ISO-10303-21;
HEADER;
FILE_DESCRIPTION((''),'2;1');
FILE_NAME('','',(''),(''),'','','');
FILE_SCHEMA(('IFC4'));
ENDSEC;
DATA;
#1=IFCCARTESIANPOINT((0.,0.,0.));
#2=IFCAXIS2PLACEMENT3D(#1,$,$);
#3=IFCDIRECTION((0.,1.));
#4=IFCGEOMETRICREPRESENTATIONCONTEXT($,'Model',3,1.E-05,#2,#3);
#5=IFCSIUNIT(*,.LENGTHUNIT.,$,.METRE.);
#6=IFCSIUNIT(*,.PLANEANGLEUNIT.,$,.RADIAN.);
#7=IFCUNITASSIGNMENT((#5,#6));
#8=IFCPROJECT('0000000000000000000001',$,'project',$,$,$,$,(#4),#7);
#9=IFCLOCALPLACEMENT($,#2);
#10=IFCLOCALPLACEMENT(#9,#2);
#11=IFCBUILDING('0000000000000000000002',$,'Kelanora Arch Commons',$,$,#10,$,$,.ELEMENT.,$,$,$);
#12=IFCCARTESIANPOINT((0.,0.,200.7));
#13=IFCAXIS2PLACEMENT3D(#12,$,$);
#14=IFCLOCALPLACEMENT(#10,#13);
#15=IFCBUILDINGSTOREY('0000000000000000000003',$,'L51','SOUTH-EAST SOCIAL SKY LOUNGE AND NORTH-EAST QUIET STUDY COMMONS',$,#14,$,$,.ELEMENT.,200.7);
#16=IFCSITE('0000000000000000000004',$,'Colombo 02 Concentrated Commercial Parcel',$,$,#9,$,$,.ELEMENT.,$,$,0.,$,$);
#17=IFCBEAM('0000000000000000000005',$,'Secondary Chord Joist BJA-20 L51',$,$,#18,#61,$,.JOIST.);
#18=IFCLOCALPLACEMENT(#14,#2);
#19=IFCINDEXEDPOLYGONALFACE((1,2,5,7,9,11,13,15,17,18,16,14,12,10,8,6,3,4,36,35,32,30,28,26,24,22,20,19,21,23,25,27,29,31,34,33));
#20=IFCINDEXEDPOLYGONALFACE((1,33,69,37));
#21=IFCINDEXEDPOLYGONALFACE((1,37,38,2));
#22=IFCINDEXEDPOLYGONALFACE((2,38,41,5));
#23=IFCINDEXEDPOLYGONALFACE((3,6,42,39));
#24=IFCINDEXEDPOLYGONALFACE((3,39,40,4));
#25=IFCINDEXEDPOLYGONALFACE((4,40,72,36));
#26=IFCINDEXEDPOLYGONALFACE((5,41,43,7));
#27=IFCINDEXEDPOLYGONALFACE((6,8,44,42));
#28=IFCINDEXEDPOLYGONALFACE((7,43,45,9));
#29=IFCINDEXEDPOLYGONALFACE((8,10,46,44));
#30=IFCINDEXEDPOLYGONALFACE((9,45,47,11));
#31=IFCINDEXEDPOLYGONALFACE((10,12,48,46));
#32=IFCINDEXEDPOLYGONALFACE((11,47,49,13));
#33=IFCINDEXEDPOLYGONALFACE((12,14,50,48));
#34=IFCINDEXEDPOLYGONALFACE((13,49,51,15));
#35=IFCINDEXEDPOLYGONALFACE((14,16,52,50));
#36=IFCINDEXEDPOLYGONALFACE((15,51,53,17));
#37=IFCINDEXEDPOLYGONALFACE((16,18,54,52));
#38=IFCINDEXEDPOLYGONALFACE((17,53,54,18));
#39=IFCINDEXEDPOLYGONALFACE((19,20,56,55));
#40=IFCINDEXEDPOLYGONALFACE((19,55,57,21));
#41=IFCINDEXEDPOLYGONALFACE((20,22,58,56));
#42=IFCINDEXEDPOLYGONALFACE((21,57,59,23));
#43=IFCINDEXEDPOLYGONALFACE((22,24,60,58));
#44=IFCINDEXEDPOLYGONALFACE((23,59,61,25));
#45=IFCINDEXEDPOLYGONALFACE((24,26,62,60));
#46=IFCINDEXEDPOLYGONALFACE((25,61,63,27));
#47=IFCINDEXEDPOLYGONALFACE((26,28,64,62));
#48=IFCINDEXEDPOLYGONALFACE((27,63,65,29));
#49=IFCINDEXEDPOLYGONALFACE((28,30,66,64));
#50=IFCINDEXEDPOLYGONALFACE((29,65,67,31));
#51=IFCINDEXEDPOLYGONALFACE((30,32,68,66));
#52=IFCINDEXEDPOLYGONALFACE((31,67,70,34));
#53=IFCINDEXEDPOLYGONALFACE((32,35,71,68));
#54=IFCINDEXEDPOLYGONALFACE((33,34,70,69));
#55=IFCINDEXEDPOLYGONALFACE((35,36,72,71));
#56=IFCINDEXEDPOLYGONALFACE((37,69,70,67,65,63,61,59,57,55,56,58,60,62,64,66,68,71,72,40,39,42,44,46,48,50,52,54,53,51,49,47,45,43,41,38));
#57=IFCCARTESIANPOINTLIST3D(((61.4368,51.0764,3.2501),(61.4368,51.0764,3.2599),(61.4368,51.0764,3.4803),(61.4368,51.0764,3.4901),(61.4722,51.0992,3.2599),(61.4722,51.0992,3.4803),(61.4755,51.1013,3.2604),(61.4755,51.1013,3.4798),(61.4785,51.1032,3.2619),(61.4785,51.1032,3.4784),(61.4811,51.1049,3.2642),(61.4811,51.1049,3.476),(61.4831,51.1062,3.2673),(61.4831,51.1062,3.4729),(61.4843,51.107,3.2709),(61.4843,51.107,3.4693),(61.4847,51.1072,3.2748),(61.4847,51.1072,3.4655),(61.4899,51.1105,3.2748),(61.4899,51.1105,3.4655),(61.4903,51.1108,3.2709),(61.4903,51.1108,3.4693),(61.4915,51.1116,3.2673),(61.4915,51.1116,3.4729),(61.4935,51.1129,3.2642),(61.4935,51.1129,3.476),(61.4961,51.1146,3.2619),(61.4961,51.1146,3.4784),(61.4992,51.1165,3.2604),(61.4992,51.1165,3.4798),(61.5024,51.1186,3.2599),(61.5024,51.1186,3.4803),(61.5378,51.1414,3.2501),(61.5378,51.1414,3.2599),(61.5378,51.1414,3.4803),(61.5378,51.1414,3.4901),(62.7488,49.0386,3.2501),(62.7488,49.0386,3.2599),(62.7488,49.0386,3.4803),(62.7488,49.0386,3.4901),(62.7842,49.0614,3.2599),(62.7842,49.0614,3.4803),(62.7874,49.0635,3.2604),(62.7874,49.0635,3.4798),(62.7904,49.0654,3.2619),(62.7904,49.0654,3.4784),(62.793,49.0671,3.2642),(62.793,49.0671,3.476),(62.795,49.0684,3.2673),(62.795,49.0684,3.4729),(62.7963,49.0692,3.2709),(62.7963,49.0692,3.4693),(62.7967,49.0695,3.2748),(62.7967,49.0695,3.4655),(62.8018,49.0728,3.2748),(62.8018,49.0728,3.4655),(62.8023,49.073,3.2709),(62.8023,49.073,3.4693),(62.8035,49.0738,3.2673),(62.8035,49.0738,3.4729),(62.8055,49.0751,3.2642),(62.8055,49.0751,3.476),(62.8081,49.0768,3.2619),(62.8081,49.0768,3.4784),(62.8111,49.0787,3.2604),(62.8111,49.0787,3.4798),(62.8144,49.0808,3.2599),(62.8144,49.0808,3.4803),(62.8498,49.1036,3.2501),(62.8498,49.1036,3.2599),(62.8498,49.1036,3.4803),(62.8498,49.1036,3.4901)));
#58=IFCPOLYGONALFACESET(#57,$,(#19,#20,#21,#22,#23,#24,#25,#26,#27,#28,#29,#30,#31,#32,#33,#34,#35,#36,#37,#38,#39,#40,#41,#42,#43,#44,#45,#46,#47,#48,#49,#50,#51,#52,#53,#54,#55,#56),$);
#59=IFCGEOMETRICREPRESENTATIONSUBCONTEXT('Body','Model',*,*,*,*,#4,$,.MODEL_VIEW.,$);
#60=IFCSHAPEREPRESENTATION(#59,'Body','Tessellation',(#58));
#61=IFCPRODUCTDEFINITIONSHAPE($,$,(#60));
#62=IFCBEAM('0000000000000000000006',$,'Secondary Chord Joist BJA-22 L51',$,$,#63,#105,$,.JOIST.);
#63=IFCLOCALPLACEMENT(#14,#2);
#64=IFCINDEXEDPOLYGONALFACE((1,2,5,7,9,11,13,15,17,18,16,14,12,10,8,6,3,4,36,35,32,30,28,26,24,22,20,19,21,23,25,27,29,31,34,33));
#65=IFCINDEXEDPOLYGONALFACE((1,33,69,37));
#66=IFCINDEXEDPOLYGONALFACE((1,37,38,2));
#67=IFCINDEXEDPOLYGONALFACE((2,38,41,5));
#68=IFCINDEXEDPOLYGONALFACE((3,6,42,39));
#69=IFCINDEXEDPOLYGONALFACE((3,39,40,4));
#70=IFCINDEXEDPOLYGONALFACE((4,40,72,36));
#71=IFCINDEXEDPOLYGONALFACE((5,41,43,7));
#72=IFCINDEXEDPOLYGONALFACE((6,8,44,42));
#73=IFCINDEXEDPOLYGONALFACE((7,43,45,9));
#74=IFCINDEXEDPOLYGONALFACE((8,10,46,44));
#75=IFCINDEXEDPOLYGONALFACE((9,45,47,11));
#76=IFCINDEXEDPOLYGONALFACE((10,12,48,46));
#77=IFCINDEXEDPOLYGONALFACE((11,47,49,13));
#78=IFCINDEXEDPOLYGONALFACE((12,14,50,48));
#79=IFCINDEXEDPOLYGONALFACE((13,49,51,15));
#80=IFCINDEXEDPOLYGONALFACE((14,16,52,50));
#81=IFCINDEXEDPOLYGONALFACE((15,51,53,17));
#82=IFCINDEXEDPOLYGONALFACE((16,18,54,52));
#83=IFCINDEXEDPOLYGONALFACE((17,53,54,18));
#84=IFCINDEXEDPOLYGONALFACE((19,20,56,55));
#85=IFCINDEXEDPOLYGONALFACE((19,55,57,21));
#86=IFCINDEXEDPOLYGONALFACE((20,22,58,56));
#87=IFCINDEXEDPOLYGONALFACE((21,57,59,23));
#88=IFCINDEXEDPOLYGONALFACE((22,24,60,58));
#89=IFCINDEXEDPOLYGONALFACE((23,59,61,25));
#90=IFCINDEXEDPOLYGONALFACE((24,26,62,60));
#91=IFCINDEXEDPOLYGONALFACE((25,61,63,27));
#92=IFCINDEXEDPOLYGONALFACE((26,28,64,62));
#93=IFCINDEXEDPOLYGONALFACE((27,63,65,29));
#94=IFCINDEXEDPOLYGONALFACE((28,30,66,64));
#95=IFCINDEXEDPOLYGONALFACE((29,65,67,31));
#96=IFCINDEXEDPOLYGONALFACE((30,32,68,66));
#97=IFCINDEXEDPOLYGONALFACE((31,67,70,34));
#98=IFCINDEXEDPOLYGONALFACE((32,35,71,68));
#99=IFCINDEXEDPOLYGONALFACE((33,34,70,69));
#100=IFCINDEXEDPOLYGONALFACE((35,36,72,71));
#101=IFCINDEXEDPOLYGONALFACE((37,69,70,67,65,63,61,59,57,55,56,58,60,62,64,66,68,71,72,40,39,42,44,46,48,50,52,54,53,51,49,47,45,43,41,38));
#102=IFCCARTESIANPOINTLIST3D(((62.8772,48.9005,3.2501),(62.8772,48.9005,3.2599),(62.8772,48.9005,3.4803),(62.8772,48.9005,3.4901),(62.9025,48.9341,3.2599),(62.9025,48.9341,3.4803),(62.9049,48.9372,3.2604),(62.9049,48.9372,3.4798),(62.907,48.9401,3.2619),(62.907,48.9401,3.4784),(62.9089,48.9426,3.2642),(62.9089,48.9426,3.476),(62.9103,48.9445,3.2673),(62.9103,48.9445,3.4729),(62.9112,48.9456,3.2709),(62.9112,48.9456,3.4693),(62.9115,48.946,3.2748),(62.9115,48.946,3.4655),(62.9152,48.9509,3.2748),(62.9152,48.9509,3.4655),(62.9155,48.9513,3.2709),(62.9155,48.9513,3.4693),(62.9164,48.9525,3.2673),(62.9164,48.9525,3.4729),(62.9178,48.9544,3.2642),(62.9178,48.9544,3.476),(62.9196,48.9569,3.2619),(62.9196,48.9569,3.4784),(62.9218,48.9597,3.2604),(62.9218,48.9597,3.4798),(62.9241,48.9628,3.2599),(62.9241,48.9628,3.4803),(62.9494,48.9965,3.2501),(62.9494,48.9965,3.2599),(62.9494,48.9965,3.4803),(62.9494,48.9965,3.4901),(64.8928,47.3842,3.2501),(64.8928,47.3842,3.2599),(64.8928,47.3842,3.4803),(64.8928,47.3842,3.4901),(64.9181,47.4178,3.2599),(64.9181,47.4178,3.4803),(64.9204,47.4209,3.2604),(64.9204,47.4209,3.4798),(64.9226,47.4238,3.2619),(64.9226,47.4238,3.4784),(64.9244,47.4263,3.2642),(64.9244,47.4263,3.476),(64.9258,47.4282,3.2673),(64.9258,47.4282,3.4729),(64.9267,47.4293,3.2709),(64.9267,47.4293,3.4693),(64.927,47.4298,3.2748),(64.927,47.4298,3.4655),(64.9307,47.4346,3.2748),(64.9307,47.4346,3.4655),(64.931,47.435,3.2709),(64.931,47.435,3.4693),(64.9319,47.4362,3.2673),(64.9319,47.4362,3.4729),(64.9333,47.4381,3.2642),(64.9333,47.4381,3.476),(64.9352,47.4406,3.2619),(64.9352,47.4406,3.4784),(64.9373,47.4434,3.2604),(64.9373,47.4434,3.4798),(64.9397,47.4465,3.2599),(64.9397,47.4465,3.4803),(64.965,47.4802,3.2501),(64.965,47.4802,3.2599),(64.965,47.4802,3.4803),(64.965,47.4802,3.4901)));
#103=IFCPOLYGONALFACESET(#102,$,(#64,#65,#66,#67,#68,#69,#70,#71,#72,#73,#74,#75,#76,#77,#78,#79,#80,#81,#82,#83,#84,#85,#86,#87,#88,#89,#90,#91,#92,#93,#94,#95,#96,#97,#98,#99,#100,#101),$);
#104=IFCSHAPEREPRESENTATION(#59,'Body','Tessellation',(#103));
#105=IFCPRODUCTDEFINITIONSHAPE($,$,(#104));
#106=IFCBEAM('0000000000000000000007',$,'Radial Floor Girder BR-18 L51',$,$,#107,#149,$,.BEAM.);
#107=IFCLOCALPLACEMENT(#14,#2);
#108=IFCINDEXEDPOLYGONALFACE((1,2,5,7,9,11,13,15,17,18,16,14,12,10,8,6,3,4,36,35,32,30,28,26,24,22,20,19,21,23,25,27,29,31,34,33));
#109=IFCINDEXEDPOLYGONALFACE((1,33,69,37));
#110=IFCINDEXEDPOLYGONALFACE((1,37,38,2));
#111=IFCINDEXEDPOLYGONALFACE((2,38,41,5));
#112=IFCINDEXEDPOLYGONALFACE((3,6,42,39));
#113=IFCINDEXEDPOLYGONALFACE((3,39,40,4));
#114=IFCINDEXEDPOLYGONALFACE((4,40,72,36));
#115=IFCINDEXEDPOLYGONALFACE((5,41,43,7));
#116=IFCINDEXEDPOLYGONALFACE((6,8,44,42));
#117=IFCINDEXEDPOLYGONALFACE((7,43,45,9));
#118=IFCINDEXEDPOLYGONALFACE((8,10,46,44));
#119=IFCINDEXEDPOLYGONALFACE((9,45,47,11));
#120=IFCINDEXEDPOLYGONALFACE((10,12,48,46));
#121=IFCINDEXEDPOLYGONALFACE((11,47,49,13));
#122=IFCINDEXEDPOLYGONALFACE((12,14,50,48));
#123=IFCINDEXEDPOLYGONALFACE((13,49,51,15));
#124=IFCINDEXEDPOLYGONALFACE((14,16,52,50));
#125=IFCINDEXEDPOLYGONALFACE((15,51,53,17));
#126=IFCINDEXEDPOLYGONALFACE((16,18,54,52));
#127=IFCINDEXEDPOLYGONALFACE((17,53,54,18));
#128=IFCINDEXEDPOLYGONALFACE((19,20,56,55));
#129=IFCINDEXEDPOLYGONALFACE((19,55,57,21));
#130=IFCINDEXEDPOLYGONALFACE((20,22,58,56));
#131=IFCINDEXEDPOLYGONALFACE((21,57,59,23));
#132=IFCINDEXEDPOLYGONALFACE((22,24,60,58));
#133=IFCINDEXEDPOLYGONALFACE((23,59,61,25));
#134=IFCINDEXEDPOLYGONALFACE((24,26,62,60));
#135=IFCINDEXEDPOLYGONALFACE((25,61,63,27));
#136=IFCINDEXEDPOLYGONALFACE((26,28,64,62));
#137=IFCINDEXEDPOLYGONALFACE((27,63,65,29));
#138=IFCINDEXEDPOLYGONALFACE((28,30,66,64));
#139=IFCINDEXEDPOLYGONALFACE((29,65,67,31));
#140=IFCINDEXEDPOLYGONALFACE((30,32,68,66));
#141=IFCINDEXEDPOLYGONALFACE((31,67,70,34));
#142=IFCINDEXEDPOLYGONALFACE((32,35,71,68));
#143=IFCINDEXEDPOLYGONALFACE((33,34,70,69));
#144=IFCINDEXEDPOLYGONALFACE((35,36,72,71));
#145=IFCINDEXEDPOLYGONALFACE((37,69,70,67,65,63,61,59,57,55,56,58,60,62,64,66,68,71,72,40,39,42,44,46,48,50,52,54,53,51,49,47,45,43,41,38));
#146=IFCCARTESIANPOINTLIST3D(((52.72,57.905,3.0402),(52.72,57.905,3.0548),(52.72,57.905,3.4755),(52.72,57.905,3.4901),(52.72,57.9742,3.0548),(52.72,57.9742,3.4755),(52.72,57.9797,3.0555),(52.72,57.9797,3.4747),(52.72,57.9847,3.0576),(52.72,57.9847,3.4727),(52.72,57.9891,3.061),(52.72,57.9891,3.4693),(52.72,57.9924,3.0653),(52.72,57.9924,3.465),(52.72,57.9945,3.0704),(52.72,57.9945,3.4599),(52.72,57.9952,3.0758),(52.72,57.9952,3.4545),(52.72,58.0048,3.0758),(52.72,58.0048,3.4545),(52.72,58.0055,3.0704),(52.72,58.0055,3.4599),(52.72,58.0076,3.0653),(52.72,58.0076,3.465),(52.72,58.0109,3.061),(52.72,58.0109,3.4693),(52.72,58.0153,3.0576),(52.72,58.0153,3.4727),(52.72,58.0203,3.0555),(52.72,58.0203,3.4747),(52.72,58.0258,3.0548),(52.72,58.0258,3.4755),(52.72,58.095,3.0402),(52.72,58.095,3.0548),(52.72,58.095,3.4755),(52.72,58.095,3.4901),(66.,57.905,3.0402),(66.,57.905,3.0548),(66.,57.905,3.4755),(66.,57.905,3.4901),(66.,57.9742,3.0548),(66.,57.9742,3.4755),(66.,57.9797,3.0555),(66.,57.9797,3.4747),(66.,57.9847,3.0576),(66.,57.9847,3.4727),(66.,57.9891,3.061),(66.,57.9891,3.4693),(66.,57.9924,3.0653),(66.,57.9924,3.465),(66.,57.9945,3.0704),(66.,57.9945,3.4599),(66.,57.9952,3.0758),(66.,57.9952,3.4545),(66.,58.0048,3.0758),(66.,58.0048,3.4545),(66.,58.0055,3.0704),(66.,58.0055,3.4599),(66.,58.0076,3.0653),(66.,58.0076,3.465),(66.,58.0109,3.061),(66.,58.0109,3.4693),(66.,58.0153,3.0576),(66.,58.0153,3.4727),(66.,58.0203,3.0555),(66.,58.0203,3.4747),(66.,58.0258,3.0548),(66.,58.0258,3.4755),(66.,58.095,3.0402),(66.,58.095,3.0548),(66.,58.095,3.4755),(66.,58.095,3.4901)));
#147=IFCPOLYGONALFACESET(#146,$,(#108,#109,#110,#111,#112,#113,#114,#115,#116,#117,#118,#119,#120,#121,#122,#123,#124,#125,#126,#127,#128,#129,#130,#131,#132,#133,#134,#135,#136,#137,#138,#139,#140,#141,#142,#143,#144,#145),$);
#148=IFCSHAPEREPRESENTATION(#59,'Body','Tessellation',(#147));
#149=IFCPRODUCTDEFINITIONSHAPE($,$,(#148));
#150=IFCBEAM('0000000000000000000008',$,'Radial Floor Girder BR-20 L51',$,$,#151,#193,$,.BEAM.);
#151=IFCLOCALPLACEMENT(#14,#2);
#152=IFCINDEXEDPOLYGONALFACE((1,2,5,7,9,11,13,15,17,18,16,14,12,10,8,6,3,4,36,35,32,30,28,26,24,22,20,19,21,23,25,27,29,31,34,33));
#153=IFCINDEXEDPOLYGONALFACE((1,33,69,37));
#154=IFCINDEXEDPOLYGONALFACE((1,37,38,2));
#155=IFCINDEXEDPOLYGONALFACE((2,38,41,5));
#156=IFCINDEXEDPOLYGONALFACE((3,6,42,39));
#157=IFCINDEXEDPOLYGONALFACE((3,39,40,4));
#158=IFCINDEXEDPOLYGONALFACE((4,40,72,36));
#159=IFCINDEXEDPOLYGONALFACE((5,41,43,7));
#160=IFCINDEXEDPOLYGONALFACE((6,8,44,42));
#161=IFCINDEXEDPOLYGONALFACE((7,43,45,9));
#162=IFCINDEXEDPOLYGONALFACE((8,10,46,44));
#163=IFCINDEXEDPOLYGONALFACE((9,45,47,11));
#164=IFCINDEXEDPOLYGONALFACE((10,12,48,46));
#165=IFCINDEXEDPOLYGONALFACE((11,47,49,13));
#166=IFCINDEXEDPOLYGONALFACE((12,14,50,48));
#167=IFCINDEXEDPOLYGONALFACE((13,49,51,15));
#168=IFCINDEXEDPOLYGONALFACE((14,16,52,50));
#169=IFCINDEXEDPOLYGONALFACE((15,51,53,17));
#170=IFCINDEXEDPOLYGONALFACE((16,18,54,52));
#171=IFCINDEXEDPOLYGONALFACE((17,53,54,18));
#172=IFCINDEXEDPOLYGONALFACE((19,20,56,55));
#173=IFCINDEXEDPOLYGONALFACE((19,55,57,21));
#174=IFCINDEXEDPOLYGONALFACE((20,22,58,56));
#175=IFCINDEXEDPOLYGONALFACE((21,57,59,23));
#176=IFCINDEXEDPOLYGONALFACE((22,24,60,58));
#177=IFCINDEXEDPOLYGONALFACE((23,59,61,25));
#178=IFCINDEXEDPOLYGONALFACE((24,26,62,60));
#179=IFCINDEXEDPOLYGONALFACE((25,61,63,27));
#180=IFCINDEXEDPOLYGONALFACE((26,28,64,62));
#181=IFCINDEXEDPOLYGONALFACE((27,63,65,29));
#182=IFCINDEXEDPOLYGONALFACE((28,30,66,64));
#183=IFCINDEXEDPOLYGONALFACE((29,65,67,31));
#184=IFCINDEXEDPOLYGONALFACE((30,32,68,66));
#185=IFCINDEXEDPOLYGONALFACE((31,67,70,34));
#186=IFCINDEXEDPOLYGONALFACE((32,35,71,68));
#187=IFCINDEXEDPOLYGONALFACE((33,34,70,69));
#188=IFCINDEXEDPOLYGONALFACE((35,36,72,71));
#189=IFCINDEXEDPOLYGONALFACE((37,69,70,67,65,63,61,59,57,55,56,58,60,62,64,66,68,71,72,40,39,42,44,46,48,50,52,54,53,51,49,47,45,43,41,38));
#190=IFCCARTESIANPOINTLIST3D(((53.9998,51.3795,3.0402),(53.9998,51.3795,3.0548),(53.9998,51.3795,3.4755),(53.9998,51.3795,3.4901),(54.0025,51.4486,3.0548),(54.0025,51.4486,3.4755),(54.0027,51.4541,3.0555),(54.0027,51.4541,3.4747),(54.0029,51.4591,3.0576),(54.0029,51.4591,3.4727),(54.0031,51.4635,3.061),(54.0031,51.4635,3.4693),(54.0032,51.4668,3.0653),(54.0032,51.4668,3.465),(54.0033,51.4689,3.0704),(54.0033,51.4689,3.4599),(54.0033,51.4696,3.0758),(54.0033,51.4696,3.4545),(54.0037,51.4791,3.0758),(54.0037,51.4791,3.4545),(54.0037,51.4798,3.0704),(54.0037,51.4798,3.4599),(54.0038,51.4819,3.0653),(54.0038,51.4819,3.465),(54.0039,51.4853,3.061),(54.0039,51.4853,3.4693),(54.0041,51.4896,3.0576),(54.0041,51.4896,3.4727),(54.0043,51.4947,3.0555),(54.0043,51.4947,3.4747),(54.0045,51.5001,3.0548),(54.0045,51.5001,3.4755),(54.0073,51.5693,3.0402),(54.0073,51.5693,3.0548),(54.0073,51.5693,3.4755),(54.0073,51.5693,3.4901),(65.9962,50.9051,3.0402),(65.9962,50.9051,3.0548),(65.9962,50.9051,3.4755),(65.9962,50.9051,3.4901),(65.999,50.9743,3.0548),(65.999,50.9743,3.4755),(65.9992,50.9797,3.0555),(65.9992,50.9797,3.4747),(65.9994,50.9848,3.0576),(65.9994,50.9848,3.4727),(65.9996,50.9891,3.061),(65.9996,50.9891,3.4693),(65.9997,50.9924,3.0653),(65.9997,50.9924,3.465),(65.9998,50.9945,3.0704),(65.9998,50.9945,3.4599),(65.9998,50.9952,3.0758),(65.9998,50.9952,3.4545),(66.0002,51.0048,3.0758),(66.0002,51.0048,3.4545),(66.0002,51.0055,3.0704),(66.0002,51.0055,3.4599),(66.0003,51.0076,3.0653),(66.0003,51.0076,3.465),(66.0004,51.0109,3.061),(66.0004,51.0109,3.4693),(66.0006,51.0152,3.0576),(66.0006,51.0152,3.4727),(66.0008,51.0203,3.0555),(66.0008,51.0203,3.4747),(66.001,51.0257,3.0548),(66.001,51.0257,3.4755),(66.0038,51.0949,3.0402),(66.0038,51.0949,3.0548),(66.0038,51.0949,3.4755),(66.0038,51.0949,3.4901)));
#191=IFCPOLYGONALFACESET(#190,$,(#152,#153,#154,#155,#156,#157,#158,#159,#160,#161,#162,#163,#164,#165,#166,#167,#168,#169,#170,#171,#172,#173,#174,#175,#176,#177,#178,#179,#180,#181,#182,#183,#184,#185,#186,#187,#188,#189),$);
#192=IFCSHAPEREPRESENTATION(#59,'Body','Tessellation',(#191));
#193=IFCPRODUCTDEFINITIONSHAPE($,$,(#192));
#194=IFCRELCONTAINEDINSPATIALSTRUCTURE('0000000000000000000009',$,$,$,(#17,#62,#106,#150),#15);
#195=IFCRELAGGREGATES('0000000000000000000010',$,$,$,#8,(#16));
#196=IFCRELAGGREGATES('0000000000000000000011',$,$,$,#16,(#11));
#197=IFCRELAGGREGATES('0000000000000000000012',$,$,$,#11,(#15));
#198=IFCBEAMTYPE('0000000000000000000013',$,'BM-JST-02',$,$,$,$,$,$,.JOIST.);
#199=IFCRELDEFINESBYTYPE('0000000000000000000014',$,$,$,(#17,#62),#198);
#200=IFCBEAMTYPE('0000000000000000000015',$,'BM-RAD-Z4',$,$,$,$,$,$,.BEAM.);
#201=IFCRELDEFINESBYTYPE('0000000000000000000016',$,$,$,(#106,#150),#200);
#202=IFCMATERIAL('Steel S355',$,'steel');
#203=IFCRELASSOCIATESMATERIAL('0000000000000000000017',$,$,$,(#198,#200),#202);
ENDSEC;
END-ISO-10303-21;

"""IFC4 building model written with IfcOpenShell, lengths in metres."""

from ifc_helpers import new_model, si_unit, direction, frame, origin, origin_2d, place, context, subcontext, project, spatial, i_section, extrude, material, material_profile, profile_set, type_object, element, save


model = new_model("IFC4")

# Units and contexts
model_context = context("Model", 3, precision=1e-05, world=origin(), true_north=direction((0.0, 1.0)))
body_context = subcontext(model_context, "Body", "Model", "MODEL_VIEW")
ifc_project = project(units=[si_unit("LENGTHUNIT", "METRE"), si_unit("PLANEANGLEUNIT", "RADIAN")], contexts=[model_context])

# Site, building, storey
site_placement = place(None, origin())
site = spatial("IfcSite", under=ifc_project, at=site_placement, Name="Colombo 02 Concentrated Commercial Parcel", CompositionType="ELEMENT", RefElevation=0.0)
building_placement = place(site_placement, origin())
building = spatial("IfcBuilding", under=site, at=building_placement, Name="Kelanora Arch Commons", CompositionType="ELEMENT")
storey_placement = place(building_placement, frame((0.0, 0.0, 200.7)))
storey = spatial("IfcBuildingStorey", under=building, at=storey_placement, Name="L51", Description="SOUTH-EAST SOCIAL SKY LOUNGE AND NORTH-EAST QUIET STUDY COMMONS", CompositionType="ELEMENT", Elevation=200.7)

# Beams
ifc_material_1 = material(Name="Steel S355", Category="steel")
ifc_material_profile_1 = material_profile(ifc_material_1, i_section(OverallWidth=0.1201, OverallDepth=0.24, WebThickness=0.0061, FlangeThickness=0.0098, FilletRadius=0.0149, at=origin_2d()), Name="IPE240")
ifc_profile_set_1 = profile_set([ifc_material_profile_1], Name="Steel S355")
beam_type_1 = type_object("IfcBeamType", Name="BM-JST-02", PredefinedType="JOIST", material=ifc_profile_set_1)
beam_1_placement = place(storey_placement, frame((61.4873, 51.1089, 3.3701), z_axis=(0.541333, -0.840808, 0.0), x_axis=(0.840808, 0.541333, 0.0)))
element("IfcBeam", 1, at=beam_1_placement, inside=storey, type_object=beam_type_1, Name="Secondary Chord Joist BJA-20 L51", PredefinedType="JOIST", context=body_context, shape_type="SweptSolid", body=[
    extrude(i_section(OverallWidth=0.1201, OverallDepth=0.24, WebThickness=0.0061, FlangeThickness=0.0098, FilletRadius=0.0149, at=origin_2d()), origin(), (0.0, 0.0, 1.0), 2.4236),
])
beam_2_placement = place(storey_placement, frame((62.9133, 48.9485, 3.3701), z_axis=(0.799116, -0.601176, 0.0), x_axis=(0.601176, 0.799116, 0.0)))
element("IfcBeam", 2, at=beam_2_placement, inside=storey, type_object=beam_type_1, Name="Secondary Chord Joist BJA-22 L51", PredefinedType="JOIST", context=body_context, shape_type="SweptSolid", body=[
    extrude(i_section(OverallWidth=0.1201, OverallDepth=0.24, WebThickness=0.0061, FlangeThickness=0.0098, FilletRadius=0.0149, at=origin_2d()), origin(), (0.0, 0.0, 1.0), 2.5222),
])
ifc_material_profile_2 = material_profile(ifc_material_1, i_section(OverallWidth=0.1899, OverallDepth=0.45, WebThickness=0.0095, FlangeThickness=0.0146, FilletRadius=0.021, at=origin_2d()), Name="IPE450")
ifc_profile_set_2 = profile_set([ifc_material_profile_2], Name="Steel S355")
beam_type_2 = type_object("IfcBeamType", Name="BM-RAD-Z4", PredefinedType="BEAM", material=ifc_profile_set_2)
beam_3_placement = place(storey_placement, frame((66.0, 58.0, 3.2651), z_axis=(-1.0, 0.0, 0.0), x_axis=(0.0, -1.0, 0.0)))
element("IfcBeam", 3, at=beam_3_placement, inside=storey, type_object=beam_type_2, Name="Radial Floor Girder BR-18 L51", PredefinedType="BEAM", context=body_context, shape_type="SweptSolid", body=[
    extrude(i_section(OverallWidth=0.1899, OverallDepth=0.45, WebThickness=0.0095, FlangeThickness=0.0146, FilletRadius=0.021, at=origin_2d()), origin(), (0.0, 0.0, 1.0), 13.28),
])
beam_4_placement = place(storey_placement, frame((66.0, 51.0, 3.2651), z_axis=(-0.999219, 0.039511, 0.0), x_axis=(-0.039511, -0.999219, 0.0)))
element("IfcBeam", 4, at=beam_4_placement, inside=storey, type_object=beam_type_2, Name="Radial Floor Girder BR-20 L51", PredefinedType="BEAM", context=body_context, shape_type="SweptSolid", body=[
    extrude(i_section(OverallWidth=0.1899, OverallDepth=0.45, WebThickness=0.0095, FlangeThickness=0.0146, FilletRadius=0.021, at=origin_2d()), origin(), (0.0, 0.0, 1.0), 12.0059),
])

save(model, "model.ifc")
